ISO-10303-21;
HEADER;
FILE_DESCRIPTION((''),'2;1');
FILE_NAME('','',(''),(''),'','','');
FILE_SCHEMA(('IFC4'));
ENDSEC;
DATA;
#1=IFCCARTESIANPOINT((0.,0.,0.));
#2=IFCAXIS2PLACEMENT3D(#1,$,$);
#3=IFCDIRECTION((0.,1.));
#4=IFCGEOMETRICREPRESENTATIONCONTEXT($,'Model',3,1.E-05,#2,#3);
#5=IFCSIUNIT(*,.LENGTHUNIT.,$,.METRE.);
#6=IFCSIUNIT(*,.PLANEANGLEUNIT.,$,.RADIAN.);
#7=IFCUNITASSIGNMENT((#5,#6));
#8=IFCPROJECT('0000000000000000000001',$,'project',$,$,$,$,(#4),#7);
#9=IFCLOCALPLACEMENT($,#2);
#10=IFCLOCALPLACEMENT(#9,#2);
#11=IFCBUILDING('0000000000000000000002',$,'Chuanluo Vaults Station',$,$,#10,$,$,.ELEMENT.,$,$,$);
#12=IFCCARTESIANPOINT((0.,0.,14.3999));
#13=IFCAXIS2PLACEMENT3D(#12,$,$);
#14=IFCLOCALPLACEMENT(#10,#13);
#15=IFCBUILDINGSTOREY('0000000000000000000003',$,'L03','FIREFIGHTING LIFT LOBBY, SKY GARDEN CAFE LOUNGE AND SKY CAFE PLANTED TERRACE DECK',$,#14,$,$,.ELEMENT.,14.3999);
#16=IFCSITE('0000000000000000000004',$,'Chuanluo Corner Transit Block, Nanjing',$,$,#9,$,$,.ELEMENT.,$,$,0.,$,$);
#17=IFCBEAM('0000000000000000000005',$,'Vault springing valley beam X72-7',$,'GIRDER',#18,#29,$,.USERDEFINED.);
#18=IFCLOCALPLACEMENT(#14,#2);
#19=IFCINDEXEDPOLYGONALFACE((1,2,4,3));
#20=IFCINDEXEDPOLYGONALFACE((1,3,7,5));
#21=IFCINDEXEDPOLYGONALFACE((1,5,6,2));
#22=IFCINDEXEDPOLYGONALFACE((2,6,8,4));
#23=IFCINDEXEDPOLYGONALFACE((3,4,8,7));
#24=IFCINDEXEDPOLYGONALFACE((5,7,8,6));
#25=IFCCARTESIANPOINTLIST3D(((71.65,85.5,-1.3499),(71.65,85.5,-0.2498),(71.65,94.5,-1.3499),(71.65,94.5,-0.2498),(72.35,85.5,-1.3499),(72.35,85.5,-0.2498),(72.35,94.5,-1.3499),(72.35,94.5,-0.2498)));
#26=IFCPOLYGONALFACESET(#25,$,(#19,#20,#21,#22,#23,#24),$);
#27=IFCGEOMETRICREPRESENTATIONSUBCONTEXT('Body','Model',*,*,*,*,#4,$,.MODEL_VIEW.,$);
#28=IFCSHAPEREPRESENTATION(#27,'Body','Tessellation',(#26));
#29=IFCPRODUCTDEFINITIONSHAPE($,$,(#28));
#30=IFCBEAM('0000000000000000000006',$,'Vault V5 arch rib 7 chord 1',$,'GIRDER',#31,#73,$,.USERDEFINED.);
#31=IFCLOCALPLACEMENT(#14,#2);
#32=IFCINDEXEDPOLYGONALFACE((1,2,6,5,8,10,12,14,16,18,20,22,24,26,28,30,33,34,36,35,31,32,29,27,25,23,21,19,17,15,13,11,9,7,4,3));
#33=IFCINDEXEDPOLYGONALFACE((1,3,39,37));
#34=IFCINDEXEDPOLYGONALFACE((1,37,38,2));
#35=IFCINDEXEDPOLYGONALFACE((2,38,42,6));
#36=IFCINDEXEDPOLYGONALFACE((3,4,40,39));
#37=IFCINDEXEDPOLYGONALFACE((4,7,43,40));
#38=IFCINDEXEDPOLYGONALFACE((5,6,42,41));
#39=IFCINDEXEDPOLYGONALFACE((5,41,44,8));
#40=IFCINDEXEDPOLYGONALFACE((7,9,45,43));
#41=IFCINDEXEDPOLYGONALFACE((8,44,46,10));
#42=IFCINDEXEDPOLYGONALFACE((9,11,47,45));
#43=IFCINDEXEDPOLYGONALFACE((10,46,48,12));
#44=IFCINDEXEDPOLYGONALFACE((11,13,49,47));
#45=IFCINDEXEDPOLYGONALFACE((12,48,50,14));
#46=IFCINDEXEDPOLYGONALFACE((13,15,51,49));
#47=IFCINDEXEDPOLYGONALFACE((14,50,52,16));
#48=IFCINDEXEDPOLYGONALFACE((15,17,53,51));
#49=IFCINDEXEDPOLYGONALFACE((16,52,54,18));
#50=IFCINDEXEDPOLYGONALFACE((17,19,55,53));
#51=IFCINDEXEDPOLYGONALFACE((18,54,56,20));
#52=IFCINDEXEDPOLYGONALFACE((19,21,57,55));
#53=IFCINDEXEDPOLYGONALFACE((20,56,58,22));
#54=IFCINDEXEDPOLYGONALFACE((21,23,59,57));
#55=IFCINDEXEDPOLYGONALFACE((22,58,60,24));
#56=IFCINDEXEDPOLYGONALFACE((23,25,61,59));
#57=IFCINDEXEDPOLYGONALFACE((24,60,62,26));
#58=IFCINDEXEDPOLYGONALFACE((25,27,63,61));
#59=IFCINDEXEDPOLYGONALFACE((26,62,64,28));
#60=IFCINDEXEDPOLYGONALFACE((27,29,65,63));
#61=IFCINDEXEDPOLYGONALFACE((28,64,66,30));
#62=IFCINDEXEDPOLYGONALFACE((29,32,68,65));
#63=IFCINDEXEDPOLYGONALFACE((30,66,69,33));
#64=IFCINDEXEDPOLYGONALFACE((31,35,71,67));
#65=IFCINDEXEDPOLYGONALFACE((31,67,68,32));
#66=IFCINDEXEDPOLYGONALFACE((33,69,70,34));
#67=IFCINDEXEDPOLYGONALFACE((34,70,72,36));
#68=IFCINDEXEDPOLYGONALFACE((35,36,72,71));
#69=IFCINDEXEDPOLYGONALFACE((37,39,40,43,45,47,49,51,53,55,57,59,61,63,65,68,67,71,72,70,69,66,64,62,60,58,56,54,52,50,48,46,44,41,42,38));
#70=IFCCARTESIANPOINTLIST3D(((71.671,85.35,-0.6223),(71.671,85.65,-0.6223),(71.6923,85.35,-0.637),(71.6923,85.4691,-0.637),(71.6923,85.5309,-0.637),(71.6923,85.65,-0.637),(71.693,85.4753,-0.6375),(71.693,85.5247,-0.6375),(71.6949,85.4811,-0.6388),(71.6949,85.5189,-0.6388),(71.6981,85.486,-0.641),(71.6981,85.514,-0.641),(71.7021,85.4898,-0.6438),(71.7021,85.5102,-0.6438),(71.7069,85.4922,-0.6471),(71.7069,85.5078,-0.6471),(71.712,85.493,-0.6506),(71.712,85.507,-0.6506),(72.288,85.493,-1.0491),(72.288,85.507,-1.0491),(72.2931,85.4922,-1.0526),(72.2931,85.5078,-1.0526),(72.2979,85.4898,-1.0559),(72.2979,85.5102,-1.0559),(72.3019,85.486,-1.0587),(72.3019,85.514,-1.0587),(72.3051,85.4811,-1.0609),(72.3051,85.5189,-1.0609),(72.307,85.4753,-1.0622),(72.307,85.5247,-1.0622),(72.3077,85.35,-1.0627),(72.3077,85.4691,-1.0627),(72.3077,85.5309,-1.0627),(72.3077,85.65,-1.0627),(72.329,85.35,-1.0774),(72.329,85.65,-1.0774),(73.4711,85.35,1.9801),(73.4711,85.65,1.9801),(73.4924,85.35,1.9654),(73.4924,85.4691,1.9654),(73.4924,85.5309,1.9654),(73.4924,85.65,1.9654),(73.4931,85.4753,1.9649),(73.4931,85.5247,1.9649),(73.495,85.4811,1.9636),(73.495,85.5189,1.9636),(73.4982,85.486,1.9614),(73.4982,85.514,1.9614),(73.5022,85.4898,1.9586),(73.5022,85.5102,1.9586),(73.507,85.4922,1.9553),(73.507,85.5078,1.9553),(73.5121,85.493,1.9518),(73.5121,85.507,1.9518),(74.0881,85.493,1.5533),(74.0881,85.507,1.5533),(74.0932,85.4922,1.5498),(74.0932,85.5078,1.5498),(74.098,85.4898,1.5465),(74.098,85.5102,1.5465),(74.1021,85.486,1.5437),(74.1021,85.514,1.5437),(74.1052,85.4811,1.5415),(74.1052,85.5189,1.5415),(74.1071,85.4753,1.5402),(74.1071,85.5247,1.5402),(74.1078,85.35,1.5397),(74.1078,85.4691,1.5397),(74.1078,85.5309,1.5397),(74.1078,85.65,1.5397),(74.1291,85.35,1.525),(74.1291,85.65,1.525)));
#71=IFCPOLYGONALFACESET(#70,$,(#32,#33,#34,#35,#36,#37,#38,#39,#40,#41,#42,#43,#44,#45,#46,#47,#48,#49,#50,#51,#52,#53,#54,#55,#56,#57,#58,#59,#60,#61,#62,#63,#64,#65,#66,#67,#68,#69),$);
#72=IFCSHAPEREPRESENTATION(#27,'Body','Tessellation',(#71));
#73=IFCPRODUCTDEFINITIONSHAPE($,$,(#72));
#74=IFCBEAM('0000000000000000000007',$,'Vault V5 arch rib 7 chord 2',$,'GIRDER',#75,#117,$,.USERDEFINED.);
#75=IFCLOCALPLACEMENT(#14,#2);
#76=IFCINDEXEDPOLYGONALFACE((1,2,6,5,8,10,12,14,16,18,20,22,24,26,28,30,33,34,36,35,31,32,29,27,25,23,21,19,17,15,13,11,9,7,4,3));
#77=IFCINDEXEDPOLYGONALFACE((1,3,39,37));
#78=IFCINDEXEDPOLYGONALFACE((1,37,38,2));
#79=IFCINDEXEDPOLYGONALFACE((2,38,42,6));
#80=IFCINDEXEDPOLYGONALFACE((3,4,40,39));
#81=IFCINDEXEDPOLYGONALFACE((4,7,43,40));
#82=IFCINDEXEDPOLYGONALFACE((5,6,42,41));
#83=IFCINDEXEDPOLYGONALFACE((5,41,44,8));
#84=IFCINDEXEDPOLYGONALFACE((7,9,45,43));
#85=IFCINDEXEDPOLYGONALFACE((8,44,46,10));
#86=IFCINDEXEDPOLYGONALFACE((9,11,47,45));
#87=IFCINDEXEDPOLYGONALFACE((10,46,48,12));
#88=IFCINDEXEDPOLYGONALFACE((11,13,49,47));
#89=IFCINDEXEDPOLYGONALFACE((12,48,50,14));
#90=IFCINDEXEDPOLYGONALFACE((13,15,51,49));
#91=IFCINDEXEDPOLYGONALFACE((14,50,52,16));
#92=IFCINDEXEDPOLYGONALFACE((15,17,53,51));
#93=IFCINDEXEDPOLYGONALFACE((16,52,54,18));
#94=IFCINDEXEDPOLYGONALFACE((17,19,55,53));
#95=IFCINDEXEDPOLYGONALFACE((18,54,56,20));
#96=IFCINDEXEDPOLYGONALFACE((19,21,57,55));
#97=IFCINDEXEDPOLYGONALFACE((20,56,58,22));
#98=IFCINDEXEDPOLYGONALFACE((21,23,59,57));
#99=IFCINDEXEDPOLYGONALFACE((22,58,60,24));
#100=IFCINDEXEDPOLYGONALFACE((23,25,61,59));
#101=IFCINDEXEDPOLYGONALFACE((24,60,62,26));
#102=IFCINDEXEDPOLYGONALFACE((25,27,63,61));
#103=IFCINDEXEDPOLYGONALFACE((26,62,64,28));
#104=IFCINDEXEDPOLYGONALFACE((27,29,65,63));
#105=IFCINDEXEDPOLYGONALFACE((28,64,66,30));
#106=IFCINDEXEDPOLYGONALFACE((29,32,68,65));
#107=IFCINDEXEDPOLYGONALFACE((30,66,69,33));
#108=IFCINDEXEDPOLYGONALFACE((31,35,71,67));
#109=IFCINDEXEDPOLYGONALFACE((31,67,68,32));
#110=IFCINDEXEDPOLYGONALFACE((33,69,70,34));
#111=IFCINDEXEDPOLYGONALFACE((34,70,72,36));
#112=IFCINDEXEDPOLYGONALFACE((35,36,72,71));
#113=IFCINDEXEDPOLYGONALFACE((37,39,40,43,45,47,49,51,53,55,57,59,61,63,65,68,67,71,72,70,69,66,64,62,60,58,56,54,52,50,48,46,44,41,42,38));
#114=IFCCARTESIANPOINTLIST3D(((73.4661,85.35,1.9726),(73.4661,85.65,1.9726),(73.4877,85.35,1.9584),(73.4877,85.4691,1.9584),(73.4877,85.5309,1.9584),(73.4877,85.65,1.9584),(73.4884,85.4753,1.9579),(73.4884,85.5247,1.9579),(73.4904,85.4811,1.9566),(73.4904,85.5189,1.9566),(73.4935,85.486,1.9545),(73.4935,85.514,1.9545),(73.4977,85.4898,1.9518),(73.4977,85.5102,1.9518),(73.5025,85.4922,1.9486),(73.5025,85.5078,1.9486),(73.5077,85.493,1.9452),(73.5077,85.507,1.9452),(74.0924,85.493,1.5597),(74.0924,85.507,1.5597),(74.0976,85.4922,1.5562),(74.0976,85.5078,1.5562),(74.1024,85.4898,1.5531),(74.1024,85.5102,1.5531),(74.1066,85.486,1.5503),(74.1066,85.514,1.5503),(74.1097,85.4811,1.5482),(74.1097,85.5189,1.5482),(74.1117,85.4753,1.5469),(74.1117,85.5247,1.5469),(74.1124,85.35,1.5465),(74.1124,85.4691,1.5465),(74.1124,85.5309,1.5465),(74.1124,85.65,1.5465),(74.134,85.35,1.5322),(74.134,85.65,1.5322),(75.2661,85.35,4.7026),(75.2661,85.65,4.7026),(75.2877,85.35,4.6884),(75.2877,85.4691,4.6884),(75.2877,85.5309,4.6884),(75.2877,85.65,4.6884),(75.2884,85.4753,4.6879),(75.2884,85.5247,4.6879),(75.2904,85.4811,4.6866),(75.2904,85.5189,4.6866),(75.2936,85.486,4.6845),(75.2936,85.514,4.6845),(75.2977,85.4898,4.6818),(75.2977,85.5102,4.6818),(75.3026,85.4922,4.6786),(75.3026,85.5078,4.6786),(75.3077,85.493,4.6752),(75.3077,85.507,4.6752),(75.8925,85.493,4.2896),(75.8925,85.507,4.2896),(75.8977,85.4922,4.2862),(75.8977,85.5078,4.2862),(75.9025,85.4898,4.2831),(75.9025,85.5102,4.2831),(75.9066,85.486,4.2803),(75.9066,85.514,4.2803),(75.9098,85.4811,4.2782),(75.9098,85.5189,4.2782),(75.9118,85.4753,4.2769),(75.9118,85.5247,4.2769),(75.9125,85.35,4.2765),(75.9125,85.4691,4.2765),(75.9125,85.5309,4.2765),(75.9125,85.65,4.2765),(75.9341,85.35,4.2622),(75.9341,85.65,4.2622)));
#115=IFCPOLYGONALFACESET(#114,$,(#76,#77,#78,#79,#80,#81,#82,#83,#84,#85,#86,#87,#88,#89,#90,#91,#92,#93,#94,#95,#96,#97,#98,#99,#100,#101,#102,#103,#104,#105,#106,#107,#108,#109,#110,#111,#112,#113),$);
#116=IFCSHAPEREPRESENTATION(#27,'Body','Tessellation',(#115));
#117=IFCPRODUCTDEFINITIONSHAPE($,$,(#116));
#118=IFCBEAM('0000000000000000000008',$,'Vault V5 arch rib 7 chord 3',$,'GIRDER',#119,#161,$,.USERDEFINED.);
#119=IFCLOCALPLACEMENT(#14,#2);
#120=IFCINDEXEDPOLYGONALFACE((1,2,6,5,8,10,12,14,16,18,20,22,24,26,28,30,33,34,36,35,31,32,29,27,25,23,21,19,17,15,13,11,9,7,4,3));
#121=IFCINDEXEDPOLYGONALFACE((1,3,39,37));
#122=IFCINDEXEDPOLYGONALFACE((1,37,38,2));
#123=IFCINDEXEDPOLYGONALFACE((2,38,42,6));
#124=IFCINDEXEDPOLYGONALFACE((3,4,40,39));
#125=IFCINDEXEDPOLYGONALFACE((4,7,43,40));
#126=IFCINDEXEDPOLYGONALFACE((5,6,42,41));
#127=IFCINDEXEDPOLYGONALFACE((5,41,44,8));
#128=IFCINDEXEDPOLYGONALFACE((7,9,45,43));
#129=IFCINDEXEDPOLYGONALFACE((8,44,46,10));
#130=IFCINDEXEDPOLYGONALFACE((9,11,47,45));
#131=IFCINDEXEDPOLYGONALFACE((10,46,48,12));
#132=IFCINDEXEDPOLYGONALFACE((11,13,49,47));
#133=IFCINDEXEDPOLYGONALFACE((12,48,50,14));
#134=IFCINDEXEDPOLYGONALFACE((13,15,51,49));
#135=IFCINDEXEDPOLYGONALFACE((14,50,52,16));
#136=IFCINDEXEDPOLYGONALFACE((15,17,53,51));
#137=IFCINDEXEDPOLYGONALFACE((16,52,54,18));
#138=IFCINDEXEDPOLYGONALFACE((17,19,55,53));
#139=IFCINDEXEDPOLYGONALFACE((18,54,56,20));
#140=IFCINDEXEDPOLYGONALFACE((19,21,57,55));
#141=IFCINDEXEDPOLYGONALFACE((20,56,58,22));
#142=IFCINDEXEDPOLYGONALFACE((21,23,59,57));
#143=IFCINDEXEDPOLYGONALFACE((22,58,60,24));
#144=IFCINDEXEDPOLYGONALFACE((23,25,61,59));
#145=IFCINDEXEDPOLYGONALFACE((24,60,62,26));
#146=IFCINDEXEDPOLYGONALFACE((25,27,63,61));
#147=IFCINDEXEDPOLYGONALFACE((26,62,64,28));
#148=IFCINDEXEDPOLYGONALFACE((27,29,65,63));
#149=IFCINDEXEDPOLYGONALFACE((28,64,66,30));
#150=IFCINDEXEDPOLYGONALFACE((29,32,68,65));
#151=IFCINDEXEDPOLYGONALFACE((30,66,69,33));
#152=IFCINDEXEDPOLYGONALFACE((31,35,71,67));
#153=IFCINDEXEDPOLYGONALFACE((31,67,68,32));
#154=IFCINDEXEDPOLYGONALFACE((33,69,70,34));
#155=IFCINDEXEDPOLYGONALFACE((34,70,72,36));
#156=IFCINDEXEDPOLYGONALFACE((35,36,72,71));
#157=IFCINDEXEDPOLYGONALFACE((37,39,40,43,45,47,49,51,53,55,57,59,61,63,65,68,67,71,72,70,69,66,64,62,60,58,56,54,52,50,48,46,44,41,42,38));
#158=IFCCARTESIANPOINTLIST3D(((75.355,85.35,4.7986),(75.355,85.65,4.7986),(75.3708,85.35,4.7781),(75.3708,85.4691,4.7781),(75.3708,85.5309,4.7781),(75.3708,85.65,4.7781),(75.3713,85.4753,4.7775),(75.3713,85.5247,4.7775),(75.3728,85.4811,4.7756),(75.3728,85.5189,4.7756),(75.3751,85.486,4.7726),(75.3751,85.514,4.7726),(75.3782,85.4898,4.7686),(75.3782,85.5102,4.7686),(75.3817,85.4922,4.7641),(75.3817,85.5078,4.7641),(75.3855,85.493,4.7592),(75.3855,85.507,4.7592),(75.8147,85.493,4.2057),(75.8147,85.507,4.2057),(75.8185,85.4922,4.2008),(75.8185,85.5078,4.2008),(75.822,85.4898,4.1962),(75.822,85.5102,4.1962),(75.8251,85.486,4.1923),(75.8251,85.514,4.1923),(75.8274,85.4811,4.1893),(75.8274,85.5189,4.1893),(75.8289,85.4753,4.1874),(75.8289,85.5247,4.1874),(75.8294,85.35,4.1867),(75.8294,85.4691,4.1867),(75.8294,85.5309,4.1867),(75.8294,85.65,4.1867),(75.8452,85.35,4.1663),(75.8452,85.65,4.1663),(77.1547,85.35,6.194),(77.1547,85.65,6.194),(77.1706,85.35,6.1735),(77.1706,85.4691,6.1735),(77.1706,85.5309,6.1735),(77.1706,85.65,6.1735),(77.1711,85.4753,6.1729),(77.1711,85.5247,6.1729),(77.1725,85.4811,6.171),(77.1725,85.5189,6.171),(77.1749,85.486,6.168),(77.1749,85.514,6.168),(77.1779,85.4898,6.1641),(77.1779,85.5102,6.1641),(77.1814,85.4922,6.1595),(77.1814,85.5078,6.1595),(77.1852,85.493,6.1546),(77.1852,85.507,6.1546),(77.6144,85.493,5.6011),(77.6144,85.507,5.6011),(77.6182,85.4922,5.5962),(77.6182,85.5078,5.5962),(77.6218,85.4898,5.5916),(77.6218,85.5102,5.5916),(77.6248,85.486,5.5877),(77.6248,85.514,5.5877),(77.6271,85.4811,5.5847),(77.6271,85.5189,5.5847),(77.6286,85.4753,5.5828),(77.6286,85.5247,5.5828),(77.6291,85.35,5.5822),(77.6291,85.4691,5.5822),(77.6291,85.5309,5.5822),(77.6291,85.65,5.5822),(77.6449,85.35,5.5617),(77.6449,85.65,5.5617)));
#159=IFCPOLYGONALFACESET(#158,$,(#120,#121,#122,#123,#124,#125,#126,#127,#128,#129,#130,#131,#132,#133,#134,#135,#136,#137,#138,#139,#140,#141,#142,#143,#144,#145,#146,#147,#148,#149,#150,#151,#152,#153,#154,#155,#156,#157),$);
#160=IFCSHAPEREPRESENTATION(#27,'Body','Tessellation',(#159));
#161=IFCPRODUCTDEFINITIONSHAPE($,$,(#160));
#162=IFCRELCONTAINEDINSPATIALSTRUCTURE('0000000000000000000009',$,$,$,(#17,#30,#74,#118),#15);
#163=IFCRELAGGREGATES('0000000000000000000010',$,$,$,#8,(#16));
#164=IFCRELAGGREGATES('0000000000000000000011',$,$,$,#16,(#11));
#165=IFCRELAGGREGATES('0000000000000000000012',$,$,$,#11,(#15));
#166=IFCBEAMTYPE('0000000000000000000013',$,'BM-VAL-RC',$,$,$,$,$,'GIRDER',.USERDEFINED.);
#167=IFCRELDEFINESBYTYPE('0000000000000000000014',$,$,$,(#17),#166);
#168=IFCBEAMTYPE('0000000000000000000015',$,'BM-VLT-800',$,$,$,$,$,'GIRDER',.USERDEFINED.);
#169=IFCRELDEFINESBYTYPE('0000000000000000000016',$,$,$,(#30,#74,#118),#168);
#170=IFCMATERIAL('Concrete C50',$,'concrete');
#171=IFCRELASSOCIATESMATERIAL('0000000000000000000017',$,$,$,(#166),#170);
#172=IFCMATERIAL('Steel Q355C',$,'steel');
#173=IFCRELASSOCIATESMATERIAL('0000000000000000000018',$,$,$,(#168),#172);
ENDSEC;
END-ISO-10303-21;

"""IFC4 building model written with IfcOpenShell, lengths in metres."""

from ifc_helpers import new_model, si_unit, direction, frame, origin, origin_2d, place, context, subcontext, project, spatial, rectangle, i_section, extrude, material, material_profile, profile_set, type_object, element, save


model = new_model("IFC4")

# Units and contexts
model_context = context("Model", 3, precision=1e-05, world=origin(), true_north=direction((0.0, 1.0)))
body_context = subcontext(model_context, "Body", "Model", "MODEL_VIEW")
ifc_project = project(units=[si_unit("LENGTHUNIT", "METRE"), si_unit("PLANEANGLEUNIT", "RADIAN")], contexts=[model_context])

# Site, building, storey
site_placement = place(None, origin())
site = spatial("IfcSite", under=ifc_project, at=site_placement, Name="Chuanluo Corner Transit Block, Nanjing", CompositionType="ELEMENT", RefElevation=0.0)
building_placement = place(site_placement, origin())
building = spatial("IfcBuilding", under=site, at=building_placement, Name="Chuanluo Vaults Station", CompositionType="ELEMENT")
storey_placement = place(building_placement, frame((0.0, 0.0, 14.3999)))
storey = spatial("IfcBuildingStorey", under=building, at=storey_placement, Name="L03", Description="FIREFIGHTING LIFT LOBBY, SKY GARDEN CAFE LOUNGE AND SKY CAFE PLANTED TERRACE DECK", CompositionType="ELEMENT", Elevation=14.3999)

# Beams
ifc_material_1 = material(Name="Concrete C50", Category="concrete")
ifc_material_profile_1 = material_profile(ifc_material_1, rectangle(XDim=0.7, YDim=1.1001, at=origin_2d()))
ifc_profile_set_1 = profile_set([ifc_material_profile_1], Name="Concrete C50")
beam_type_1 = type_object("IfcBeamType", Name="BM-VAL-RC", ElementType="GIRDER", PredefinedType="USERDEFINED", material=ifc_profile_set_1)
beam_1_placement = place(storey_placement, frame((72.0, 85.5, -0.7998), z_axis=(0.0, 1.0, 0.0), x_axis=(-1.0, 0.0, 0.0)))
element("IfcBeam", 1, at=beam_1_placement, inside=storey, type_object=beam_type_1, Name="Vault springing valley beam X72-7", ObjectType="GIRDER", PredefinedType="USERDEFINED", context=body_context, shape_type="SweptSolid", body=[
    extrude(rectangle(XDim=0.7, YDim=1.1001, at=origin_2d()), origin(), (0.0, 0.0, 1.0), 9.0),
])
ifc_material_2 = material(Name="Steel Q355C", Category="steel")
ifc_material_profile_2 = material_profile(ifc_material_2, i_section(OverallWidth=0.3, OverallDepth=0.8, WebThickness=0.0139, FlangeThickness=0.0259, FilletRadius=0.0239, at=origin_2d()))
ifc_profile_set_2 = profile_set([ifc_material_profile_2], Name="Steel Q355C")
beam_type_2 = type_object("IfcBeamType", Name="BM-VLT-800", ElementType="GIRDER", PredefinedType="USERDEFINED", material=ifc_profile_set_2)
beam_2_placement = place(storey_placement, frame((72.0, 85.5, -0.8499), z_axis=(0.568881, 0.0, 0.82242), x_axis=(0.0, 1.0, 0.0)))
element("IfcBeam", 2, at=beam_2_placement, inside=storey, type_object=beam_type_2, Name="Vault V5 arch rib 7 chord 1", ObjectType="GIRDER", PredefinedType="USERDEFINED", context=body_context, shape_type="SweptSolid", body=[
    extrude(i_section(OverallWidth=0.3, OverallDepth=0.8, WebThickness=0.0139, FlangeThickness=0.0259, FilletRadius=0.0239, at=origin_2d()), origin(), (0.0, 0.0, 1.0), 3.1643),
])
beam_3_placement = place(storey_placement, frame((73.8, 85.5, 1.7524), z_axis=(0.550472, 0.0, 0.834854), x_axis=(0.0, 1.0, 0.0)))
element("IfcBeam", 3, at=beam_3_placement, inside=storey, type_object=beam_type_2, Name="Vault V5 arch rib 7 chord 2", ObjectType="GIRDER", PredefinedType="USERDEFINED", context=body_context, shape_type="SweptSolid", body=[
    extrude(i_section(OverallWidth=0.3, OverallDepth=0.8, WebThickness=0.0139, FlangeThickness=0.0259, FilletRadius=0.0239, at=origin_2d()), origin(), (0.0, 0.0, 1.0), 3.27),
])
beam_4_placement = place(storey_placement, frame((75.6001, 85.5, 4.4824), z_axis=(0.790275, 0.0, 0.612752), x_axis=(0.0, 1.0, 0.0)))
element("IfcBeam", 4, at=beam_4_placement, inside=storey, type_object=beam_type_2, Name="Vault V5 arch rib 7 chord 3", ObjectType="GIRDER", PredefinedType="USERDEFINED", context=body_context, shape_type="SweptSolid", body=[
    extrude(i_section(OverallWidth=0.3, OverallDepth=0.8, WebThickness=0.0139, FlangeThickness=0.0259, FilletRadius=0.0239, at=origin_2d()), origin(), (0.0, 0.0, 1.0), 2.2773),
])

save(model, "model.ifc")
